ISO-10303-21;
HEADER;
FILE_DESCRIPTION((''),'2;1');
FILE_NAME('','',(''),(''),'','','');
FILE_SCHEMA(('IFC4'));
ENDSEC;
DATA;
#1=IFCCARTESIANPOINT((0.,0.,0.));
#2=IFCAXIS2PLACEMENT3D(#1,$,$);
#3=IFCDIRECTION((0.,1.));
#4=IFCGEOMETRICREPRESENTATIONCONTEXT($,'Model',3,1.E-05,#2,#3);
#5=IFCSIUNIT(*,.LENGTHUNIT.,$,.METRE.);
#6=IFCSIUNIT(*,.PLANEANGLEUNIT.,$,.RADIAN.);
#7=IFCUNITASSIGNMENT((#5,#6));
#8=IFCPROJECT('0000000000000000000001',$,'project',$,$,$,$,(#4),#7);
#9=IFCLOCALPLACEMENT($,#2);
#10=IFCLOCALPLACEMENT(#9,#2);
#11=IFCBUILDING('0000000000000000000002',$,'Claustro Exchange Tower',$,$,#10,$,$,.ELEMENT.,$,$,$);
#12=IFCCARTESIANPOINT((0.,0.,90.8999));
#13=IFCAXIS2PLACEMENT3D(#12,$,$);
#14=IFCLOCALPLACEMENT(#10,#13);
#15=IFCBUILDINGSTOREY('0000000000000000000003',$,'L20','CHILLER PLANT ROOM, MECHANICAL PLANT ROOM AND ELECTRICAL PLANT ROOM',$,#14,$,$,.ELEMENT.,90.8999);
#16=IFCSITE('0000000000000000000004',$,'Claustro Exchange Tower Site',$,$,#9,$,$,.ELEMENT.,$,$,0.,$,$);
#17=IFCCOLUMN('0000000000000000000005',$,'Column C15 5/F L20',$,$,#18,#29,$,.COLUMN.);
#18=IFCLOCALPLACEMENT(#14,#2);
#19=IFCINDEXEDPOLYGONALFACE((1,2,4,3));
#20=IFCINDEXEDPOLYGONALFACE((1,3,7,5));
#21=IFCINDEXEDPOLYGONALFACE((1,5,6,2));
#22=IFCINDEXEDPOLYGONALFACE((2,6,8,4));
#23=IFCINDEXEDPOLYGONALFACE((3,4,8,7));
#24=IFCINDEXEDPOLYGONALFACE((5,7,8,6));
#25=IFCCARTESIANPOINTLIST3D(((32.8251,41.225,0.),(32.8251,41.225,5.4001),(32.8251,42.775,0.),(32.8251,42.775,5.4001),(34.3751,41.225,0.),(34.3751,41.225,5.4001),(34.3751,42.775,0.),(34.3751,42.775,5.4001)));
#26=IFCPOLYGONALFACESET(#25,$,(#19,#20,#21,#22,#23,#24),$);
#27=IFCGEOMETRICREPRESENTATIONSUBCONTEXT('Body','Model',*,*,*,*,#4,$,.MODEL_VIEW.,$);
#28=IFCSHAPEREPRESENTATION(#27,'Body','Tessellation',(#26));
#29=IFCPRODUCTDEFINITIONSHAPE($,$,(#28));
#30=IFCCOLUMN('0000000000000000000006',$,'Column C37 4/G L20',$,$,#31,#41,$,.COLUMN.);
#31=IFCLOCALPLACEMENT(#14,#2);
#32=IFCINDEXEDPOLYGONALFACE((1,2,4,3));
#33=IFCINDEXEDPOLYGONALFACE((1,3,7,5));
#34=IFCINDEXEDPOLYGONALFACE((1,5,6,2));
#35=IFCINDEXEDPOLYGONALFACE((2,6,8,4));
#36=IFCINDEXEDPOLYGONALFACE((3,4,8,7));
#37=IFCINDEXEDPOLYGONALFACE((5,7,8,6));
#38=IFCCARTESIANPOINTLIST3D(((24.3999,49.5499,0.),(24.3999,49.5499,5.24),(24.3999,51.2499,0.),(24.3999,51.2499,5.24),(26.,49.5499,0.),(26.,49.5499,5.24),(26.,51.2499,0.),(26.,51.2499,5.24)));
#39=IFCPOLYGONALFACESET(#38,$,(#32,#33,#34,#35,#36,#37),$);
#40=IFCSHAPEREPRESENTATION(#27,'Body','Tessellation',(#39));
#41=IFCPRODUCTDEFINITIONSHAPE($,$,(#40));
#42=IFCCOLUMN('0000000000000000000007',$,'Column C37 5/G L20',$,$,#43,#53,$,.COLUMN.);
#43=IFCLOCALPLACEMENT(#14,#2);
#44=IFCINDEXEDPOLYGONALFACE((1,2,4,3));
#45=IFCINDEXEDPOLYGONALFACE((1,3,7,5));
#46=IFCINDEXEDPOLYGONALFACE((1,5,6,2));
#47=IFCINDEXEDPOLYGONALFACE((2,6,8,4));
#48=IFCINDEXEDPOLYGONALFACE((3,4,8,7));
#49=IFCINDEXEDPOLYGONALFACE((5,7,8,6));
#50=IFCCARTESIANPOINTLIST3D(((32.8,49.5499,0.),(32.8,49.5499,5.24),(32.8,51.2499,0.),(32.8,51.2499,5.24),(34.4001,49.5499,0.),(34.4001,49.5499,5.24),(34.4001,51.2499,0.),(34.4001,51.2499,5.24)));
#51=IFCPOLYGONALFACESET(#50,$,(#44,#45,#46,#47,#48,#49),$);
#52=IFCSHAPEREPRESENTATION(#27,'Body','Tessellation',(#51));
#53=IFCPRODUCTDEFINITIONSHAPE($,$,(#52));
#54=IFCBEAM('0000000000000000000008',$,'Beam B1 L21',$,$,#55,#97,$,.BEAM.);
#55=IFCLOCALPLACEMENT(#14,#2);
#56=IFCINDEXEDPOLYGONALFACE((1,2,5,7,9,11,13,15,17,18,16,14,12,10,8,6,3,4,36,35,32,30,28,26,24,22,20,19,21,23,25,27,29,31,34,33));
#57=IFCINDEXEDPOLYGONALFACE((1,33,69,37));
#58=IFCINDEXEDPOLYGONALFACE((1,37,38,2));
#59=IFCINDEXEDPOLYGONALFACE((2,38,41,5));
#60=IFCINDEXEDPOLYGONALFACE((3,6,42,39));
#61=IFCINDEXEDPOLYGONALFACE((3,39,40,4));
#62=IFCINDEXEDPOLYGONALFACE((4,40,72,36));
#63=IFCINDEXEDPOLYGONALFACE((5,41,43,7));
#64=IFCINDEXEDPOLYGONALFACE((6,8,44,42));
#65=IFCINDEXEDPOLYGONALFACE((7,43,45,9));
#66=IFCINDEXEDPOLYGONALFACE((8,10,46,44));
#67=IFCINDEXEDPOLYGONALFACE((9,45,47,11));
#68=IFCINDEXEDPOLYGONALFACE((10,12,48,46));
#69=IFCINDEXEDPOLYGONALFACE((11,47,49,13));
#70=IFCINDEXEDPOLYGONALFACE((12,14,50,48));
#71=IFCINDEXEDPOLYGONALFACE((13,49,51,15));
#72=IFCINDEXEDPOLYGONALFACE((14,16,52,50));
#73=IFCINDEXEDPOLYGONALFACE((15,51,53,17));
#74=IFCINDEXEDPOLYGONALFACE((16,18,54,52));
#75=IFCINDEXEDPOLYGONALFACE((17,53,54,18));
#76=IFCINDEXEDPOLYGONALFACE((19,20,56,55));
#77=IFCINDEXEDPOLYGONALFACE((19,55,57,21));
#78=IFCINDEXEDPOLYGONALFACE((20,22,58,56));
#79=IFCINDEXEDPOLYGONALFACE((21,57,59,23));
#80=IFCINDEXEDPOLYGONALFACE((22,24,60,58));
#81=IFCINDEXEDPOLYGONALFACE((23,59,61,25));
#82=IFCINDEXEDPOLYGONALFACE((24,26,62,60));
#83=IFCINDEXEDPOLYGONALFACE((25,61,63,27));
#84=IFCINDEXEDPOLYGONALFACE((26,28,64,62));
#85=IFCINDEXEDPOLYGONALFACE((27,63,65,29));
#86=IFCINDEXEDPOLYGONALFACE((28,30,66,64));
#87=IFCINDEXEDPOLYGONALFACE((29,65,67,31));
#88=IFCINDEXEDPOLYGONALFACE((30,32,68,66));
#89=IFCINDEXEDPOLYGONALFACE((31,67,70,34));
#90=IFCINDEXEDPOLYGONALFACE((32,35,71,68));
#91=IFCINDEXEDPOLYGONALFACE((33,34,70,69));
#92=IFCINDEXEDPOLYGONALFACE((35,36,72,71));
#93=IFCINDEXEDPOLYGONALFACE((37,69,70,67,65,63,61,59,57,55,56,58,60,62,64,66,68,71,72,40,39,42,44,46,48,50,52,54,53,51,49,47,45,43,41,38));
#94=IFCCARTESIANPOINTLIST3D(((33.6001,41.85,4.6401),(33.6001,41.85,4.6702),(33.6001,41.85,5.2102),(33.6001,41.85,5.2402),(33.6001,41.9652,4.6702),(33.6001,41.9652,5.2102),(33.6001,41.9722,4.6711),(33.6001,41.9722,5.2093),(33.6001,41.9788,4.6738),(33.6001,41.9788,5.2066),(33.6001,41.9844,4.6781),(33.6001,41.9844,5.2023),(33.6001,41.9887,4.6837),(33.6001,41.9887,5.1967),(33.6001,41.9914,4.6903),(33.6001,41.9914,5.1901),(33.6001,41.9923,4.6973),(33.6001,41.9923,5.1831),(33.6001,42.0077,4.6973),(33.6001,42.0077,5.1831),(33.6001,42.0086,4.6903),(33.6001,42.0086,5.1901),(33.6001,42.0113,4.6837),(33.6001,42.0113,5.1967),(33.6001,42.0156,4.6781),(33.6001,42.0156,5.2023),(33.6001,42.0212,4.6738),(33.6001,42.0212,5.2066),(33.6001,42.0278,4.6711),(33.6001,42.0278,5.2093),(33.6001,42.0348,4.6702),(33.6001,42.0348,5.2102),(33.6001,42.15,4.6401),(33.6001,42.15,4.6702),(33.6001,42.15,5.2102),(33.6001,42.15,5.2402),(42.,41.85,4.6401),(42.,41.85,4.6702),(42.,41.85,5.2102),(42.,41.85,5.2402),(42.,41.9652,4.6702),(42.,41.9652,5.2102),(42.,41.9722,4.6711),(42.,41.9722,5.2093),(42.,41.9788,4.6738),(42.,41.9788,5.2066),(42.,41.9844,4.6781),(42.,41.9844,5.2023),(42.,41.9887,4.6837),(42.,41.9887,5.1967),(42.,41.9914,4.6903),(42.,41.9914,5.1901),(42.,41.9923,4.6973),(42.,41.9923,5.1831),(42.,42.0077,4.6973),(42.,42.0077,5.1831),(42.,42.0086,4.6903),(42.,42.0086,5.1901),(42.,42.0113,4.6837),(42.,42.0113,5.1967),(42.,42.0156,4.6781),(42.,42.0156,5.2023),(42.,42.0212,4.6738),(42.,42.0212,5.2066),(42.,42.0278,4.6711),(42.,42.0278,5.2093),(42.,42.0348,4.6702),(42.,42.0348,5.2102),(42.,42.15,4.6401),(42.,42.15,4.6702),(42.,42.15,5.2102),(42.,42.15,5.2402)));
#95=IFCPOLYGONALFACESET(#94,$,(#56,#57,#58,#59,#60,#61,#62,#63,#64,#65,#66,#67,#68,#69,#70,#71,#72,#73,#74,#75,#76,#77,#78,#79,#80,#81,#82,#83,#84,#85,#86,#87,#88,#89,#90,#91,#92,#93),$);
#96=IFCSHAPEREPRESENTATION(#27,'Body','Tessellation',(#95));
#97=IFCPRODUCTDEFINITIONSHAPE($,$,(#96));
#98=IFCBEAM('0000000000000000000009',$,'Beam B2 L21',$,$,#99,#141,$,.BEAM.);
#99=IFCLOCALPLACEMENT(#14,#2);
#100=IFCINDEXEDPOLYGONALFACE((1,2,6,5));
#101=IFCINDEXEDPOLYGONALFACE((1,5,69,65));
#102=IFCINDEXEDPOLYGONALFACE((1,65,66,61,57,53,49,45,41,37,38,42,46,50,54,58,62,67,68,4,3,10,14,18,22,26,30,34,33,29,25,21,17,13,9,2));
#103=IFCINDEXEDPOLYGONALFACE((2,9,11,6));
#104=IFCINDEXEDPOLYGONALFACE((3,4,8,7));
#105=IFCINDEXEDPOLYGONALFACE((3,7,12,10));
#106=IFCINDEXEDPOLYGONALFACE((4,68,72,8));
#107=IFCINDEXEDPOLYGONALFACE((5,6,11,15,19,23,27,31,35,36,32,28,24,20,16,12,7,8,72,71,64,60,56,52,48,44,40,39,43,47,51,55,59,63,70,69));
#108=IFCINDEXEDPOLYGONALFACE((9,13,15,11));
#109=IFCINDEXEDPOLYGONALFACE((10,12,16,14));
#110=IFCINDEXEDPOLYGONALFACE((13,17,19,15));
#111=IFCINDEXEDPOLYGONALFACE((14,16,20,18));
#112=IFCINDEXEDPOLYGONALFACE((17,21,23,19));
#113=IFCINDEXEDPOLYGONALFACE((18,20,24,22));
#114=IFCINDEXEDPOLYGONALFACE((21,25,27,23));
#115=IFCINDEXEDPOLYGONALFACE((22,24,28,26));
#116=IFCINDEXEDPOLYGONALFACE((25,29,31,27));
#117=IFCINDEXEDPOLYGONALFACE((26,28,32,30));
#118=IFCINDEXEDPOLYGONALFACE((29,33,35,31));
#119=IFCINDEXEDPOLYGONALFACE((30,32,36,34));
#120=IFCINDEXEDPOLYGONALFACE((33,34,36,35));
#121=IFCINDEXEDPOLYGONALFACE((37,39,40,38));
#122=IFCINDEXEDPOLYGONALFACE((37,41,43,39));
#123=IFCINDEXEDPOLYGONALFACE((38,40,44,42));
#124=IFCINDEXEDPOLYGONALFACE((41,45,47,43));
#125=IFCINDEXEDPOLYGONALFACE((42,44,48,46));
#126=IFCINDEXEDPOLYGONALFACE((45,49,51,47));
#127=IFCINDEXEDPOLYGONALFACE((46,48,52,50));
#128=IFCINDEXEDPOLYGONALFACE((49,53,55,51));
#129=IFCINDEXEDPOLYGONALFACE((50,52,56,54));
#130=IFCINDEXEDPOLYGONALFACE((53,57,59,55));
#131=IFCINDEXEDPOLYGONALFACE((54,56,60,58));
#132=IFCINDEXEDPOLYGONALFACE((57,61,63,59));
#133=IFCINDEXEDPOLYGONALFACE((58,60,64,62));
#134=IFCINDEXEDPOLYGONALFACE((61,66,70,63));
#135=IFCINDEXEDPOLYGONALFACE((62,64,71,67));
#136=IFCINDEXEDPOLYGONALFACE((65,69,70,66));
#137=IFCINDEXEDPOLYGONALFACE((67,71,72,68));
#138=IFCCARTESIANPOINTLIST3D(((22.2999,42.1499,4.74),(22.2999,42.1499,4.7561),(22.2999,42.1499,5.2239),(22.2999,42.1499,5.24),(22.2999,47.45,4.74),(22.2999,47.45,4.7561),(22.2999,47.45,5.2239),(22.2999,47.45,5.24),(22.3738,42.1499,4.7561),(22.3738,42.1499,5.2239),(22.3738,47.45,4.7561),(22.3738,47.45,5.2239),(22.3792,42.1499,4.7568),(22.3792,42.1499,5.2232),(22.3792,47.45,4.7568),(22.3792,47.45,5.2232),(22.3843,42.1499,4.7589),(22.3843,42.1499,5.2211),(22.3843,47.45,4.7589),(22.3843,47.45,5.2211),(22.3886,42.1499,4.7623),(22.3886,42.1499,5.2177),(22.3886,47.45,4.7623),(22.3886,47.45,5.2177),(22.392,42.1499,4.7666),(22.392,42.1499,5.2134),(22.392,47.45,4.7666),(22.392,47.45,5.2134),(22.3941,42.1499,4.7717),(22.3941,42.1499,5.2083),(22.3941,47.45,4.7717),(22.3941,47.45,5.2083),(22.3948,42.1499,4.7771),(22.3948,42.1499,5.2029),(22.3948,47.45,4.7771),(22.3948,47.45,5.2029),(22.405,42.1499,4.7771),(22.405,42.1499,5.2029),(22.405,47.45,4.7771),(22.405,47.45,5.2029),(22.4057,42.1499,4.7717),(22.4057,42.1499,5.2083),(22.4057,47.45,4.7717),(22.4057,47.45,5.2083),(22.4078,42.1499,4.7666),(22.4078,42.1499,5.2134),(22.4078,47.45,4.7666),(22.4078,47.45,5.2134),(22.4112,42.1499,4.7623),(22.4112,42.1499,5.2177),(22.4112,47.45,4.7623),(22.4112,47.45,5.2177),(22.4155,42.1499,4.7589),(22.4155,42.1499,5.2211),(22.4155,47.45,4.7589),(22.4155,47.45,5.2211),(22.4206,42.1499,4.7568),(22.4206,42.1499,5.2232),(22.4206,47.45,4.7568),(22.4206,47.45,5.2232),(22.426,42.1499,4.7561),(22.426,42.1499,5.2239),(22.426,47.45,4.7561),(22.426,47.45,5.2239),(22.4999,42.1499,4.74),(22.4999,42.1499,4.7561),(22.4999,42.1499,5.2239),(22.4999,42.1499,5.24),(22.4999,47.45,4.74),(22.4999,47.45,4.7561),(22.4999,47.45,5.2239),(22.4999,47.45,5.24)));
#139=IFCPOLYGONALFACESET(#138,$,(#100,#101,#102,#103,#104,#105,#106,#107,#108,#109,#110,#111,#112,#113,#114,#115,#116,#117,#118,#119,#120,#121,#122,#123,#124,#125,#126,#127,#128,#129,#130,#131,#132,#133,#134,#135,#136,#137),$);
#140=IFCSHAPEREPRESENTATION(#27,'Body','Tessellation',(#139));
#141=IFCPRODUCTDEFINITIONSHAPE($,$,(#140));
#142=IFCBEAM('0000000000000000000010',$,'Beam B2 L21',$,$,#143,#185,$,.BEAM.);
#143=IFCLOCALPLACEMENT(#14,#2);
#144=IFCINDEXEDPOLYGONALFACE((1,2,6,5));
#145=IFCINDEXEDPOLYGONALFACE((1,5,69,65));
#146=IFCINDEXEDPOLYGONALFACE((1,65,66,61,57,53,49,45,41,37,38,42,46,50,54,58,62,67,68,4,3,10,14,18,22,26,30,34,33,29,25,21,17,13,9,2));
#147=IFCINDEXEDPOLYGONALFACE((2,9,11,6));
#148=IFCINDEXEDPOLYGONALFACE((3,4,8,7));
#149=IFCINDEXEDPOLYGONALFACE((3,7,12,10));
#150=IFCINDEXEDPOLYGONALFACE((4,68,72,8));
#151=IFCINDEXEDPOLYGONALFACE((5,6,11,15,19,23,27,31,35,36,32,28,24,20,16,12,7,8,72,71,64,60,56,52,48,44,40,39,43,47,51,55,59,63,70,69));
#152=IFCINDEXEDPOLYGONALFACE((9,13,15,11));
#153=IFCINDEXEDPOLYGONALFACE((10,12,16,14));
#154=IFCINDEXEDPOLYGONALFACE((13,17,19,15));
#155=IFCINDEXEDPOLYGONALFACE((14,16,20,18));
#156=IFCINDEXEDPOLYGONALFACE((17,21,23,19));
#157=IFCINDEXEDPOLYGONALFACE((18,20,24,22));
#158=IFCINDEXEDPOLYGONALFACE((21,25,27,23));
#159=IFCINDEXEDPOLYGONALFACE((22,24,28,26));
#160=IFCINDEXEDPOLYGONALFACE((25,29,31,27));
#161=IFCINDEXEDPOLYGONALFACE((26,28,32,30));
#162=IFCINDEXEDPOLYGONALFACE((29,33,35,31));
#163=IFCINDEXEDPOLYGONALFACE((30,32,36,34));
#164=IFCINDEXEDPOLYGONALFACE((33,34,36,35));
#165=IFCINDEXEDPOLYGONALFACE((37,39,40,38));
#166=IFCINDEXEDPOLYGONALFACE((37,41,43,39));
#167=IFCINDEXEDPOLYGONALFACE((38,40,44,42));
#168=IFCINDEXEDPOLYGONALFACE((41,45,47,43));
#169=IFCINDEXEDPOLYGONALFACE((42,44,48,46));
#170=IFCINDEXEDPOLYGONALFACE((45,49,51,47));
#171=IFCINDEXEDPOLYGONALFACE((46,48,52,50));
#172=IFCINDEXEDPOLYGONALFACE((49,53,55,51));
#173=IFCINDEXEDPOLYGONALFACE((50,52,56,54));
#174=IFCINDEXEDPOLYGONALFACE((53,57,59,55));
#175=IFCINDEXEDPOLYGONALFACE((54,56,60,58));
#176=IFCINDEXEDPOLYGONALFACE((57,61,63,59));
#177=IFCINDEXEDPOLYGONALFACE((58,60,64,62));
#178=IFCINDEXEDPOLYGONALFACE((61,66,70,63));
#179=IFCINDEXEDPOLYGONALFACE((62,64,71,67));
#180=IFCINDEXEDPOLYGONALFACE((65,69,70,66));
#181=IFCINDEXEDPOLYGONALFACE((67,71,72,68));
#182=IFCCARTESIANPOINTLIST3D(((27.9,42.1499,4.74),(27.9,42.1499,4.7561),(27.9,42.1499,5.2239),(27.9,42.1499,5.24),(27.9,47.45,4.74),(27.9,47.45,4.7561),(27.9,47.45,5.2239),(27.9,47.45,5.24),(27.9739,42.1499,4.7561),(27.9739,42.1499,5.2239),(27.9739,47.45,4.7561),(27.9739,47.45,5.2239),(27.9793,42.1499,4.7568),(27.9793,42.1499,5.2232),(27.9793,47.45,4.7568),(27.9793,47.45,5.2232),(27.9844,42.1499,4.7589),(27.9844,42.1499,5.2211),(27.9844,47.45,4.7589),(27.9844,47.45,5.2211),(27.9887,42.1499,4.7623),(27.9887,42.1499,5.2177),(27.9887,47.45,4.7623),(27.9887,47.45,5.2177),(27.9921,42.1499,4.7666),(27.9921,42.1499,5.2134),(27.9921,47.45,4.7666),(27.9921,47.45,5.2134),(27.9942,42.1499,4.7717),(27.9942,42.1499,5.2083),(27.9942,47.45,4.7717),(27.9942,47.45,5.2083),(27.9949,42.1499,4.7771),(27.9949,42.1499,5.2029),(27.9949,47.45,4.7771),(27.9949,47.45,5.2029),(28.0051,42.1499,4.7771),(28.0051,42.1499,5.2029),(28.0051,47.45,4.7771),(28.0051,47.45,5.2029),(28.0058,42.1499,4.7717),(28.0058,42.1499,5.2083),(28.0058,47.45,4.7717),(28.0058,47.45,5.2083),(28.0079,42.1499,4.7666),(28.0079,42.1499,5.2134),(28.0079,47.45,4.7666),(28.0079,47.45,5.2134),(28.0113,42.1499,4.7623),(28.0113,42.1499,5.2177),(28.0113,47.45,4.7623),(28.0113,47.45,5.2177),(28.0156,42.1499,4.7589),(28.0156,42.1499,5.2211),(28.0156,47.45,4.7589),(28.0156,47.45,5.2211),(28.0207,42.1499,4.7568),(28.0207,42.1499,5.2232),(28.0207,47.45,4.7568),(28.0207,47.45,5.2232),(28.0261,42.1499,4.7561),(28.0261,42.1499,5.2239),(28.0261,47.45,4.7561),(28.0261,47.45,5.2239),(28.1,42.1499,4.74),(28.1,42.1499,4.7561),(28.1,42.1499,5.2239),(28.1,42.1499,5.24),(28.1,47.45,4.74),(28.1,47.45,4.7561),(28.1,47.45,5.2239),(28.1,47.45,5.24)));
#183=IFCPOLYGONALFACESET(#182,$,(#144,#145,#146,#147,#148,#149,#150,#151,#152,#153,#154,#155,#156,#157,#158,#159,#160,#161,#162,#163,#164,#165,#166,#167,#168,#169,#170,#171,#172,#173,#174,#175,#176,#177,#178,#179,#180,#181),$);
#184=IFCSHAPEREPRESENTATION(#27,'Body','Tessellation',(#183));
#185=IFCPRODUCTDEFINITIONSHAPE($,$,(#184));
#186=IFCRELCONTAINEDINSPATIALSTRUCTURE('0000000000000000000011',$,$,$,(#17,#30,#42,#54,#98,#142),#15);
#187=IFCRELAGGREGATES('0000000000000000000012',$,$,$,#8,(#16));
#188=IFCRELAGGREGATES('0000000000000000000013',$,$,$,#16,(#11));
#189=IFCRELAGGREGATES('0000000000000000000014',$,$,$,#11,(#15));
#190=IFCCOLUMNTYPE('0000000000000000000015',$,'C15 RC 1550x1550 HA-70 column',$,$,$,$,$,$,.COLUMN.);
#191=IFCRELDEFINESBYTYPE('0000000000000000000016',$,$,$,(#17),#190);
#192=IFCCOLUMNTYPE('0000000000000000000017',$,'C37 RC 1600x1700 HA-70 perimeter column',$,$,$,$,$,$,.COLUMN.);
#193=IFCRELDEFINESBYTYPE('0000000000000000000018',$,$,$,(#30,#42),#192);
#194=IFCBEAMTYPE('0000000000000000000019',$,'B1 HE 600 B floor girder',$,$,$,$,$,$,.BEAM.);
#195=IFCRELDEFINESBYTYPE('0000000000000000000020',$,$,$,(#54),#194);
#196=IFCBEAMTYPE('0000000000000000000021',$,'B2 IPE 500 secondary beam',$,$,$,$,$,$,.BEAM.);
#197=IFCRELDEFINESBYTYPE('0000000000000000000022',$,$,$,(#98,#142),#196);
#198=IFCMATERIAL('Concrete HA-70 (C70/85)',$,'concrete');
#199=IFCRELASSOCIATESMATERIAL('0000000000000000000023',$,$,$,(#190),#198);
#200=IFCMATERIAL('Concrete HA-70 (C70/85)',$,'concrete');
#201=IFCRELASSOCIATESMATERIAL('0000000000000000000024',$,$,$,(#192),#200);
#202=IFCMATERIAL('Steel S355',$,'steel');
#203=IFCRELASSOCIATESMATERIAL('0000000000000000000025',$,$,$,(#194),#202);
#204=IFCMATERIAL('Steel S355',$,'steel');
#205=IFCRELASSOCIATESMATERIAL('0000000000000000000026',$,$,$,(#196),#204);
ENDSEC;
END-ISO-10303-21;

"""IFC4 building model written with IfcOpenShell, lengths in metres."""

from ifc_helpers import new_model, si_unit, direction, frame, origin, origin_2d, place, context, subcontext, project, spatial, rectangle, i_section, extrude, material, material_profile, profile_set, type_object, element, save


model = new_model("IFC4")

# Units and contexts
model_context = context("Model", 3, precision=1e-05, world=origin(), true_north=direction((0.0, 1.0)))
body_context = subcontext(model_context, "Body", "Model", "MODEL_VIEW")
ifc_project = project(units=[si_unit("LENGTHUNIT", "METRE"), si_unit("PLANEANGLEUNIT", "RADIAN")], contexts=[model_context])

# Site, building, storey
site_placement = place(None, origin())
site = spatial("IfcSite", under=ifc_project, at=site_placement, Name="Claustro Exchange Tower Site", CompositionType="ELEMENT", RefElevation=0.0)
building_placement = place(site_placement, origin())
building = spatial("IfcBuilding", under=site, at=building_placement, Name="Claustro Exchange Tower", CompositionType="ELEMENT")
storey_placement = place(building_placement, frame((0.0, 0.0, 90.8999)))
storey = spatial("IfcBuildingStorey", under=building, at=storey_placement, Name="L20", Description="CHILLER PLANT ROOM, MECHANICAL PLANT ROOM AND ELECTRICAL PLANT ROOM", CompositionType="ELEMENT", Elevation=90.8999)

# Columns
ifc_material_1 = material(Name="Concrete HA-70 (C70/85)", Category="concrete")
ifc_material_profile_1 = material_profile(ifc_material_1, rectangle(XDim=1.55, YDim=1.55, at=origin_2d()), Name="RC 1550x1550")
ifc_profile_set_1 = profile_set([ifc_material_profile_1], Name="Concrete HA-70 (C70/85)")
column_type_1 = type_object("IfcColumnType", Name="C15 RC 1550x1550 HA-70 column", PredefinedType="COLUMN", material=ifc_profile_set_1)
column_placement = place(storey_placement, frame((33.6001, 42.0, 0.0), z_axis=(0.0, 0.0, 1.0), x_axis=(1.0, 0.0, 0.0)))
element("IfcColumn", 1, at=column_placement, inside=storey, type_object=column_type_1, Name="Column C15 5/F L20", PredefinedType="COLUMN", context=body_context, shape_type="SweptSolid", body=[
    extrude(rectangle(XDim=1.55, YDim=1.55, at=origin_2d()), origin(), (0.0, 0.0, 1.0), 5.4001),
])
ifc_material_2 = material(Name="Concrete HA-70 (C70/85)", Category="concrete")
ifc_material_profile_2 = material_profile(ifc_material_2, rectangle(XDim=1.6001, YDim=1.7, at=origin_2d()), Name="RC 1600x1700")
ifc_profile_set_2 = profile_set([ifc_material_profile_2], Name="Concrete HA-70 (C70/85)")
column_type_2 = type_object("IfcColumnType", Name="C37 RC 1600x1700 HA-70 perimeter column", PredefinedType="COLUMN", material=ifc_profile_set_2)
for number, where, z_axis, x_axis, name in (
    (2, (25.2, 50.3999, 0.0), (0.0, 0.0, 1.0), (1.0, 0.0, 0.0), "Column C37 4/G L20"),
    (3, (33.6001, 50.3999, 0.0), (0.0, 0.0, 1.0), (1.0, 0.0, 0.0), "Column C37 5/G L20"),
):
    element("IfcColumn", number, at=place(storey_placement, frame(where, z_axis=z_axis, x_axis=x_axis)), inside=storey, type_object=column_type_2, Name=name, PredefinedType="COLUMN", context=body_context, shape_type="SweptSolid", body=[
        extrude(rectangle(XDim=1.6001, YDim=1.7, at=origin_2d()), origin(), (0.0, 0.0, 1.0), 5.24),
    ])

# Beams
ifc_material_3 = material(Name="Steel S355", Category="steel")
ifc_material_profile_3 = material_profile(ifc_material_3, i_section(OverallWidth=0.3, OverallDepth=0.6001, WebThickness=0.0154, FlangeThickness=0.03, FilletRadius=0.0271, at=origin_2d()), Name="HE 600 B")
ifc_profile_set_3 = profile_set([ifc_material_profile_3], Name="Steel S355")
beam_type_1 = type_object("IfcBeamType", Name="B1 HE 600 B floor girder", PredefinedType="BEAM", material=ifc_profile_set_3)
beam_1_placement = place(storey_placement, frame((33.6001, 42.0, 4.9402), z_axis=(1.0, 0.0, 0.0), x_axis=(0.0, 1.0, 0.0)))
element("IfcBeam", 4, at=beam_1_placement, inside=storey, type_object=beam_type_1, Name="Beam B1 L21", PredefinedType="BEAM", context=body_context, shape_type="SweptSolid", body=[
    extrude(i_section(OverallWidth=0.3, OverallDepth=0.6001, WebThickness=0.0154, FlangeThickness=0.03, FilletRadius=0.0271, at=origin_2d()), origin(), (0.0, 0.0, 1.0), 8.3999),
])
ifc_material_4 = material(Name="Steel S355", Category="steel")
ifc_material_profile_4 = material_profile(ifc_material_4, i_section(OverallWidth=0.2, OverallDepth=0.5, WebThickness=0.0103, FlangeThickness=0.0161, FilletRadius=0.021, at=origin_2d()), Name="IPE 500")
ifc_profile_set_4 = profile_set([ifc_material_profile_4], Name="Steel S355")
beam_type_2 = type_object("IfcBeamType", Name="B2 IPE 500 secondary beam", PredefinedType="BEAM", material=ifc_profile_set_4)
for number, where, z_axis, x_axis, name in (
    (5, (22.3999, 42.1499, 4.99), (0.0, 1.0, 0.0), (-1.0, 0.0, 0.0), "Beam B2 L21"),
    (6, (28.0, 42.1499, 4.99), (0.0, 1.0, 0.0), (-1.0, 0.0, 0.0), "Beam B2 L21"),
):
    element("IfcBeam", number, at=place(storey_placement, frame(where, z_axis=z_axis, x_axis=x_axis)), inside=storey, type_object=beam_type_2, Name=name, PredefinedType="BEAM", context=body_context, shape_type="SweptSolid", body=[
        extrude(i_section(OverallWidth=0.2, OverallDepth=0.5, WebThickness=0.0103, FlangeThickness=0.0161, FilletRadius=0.021, at=origin_2d()), origin(), (0.0, 0.0, 1.0), 5.3),
    ])

save(model, "model.ifc")
